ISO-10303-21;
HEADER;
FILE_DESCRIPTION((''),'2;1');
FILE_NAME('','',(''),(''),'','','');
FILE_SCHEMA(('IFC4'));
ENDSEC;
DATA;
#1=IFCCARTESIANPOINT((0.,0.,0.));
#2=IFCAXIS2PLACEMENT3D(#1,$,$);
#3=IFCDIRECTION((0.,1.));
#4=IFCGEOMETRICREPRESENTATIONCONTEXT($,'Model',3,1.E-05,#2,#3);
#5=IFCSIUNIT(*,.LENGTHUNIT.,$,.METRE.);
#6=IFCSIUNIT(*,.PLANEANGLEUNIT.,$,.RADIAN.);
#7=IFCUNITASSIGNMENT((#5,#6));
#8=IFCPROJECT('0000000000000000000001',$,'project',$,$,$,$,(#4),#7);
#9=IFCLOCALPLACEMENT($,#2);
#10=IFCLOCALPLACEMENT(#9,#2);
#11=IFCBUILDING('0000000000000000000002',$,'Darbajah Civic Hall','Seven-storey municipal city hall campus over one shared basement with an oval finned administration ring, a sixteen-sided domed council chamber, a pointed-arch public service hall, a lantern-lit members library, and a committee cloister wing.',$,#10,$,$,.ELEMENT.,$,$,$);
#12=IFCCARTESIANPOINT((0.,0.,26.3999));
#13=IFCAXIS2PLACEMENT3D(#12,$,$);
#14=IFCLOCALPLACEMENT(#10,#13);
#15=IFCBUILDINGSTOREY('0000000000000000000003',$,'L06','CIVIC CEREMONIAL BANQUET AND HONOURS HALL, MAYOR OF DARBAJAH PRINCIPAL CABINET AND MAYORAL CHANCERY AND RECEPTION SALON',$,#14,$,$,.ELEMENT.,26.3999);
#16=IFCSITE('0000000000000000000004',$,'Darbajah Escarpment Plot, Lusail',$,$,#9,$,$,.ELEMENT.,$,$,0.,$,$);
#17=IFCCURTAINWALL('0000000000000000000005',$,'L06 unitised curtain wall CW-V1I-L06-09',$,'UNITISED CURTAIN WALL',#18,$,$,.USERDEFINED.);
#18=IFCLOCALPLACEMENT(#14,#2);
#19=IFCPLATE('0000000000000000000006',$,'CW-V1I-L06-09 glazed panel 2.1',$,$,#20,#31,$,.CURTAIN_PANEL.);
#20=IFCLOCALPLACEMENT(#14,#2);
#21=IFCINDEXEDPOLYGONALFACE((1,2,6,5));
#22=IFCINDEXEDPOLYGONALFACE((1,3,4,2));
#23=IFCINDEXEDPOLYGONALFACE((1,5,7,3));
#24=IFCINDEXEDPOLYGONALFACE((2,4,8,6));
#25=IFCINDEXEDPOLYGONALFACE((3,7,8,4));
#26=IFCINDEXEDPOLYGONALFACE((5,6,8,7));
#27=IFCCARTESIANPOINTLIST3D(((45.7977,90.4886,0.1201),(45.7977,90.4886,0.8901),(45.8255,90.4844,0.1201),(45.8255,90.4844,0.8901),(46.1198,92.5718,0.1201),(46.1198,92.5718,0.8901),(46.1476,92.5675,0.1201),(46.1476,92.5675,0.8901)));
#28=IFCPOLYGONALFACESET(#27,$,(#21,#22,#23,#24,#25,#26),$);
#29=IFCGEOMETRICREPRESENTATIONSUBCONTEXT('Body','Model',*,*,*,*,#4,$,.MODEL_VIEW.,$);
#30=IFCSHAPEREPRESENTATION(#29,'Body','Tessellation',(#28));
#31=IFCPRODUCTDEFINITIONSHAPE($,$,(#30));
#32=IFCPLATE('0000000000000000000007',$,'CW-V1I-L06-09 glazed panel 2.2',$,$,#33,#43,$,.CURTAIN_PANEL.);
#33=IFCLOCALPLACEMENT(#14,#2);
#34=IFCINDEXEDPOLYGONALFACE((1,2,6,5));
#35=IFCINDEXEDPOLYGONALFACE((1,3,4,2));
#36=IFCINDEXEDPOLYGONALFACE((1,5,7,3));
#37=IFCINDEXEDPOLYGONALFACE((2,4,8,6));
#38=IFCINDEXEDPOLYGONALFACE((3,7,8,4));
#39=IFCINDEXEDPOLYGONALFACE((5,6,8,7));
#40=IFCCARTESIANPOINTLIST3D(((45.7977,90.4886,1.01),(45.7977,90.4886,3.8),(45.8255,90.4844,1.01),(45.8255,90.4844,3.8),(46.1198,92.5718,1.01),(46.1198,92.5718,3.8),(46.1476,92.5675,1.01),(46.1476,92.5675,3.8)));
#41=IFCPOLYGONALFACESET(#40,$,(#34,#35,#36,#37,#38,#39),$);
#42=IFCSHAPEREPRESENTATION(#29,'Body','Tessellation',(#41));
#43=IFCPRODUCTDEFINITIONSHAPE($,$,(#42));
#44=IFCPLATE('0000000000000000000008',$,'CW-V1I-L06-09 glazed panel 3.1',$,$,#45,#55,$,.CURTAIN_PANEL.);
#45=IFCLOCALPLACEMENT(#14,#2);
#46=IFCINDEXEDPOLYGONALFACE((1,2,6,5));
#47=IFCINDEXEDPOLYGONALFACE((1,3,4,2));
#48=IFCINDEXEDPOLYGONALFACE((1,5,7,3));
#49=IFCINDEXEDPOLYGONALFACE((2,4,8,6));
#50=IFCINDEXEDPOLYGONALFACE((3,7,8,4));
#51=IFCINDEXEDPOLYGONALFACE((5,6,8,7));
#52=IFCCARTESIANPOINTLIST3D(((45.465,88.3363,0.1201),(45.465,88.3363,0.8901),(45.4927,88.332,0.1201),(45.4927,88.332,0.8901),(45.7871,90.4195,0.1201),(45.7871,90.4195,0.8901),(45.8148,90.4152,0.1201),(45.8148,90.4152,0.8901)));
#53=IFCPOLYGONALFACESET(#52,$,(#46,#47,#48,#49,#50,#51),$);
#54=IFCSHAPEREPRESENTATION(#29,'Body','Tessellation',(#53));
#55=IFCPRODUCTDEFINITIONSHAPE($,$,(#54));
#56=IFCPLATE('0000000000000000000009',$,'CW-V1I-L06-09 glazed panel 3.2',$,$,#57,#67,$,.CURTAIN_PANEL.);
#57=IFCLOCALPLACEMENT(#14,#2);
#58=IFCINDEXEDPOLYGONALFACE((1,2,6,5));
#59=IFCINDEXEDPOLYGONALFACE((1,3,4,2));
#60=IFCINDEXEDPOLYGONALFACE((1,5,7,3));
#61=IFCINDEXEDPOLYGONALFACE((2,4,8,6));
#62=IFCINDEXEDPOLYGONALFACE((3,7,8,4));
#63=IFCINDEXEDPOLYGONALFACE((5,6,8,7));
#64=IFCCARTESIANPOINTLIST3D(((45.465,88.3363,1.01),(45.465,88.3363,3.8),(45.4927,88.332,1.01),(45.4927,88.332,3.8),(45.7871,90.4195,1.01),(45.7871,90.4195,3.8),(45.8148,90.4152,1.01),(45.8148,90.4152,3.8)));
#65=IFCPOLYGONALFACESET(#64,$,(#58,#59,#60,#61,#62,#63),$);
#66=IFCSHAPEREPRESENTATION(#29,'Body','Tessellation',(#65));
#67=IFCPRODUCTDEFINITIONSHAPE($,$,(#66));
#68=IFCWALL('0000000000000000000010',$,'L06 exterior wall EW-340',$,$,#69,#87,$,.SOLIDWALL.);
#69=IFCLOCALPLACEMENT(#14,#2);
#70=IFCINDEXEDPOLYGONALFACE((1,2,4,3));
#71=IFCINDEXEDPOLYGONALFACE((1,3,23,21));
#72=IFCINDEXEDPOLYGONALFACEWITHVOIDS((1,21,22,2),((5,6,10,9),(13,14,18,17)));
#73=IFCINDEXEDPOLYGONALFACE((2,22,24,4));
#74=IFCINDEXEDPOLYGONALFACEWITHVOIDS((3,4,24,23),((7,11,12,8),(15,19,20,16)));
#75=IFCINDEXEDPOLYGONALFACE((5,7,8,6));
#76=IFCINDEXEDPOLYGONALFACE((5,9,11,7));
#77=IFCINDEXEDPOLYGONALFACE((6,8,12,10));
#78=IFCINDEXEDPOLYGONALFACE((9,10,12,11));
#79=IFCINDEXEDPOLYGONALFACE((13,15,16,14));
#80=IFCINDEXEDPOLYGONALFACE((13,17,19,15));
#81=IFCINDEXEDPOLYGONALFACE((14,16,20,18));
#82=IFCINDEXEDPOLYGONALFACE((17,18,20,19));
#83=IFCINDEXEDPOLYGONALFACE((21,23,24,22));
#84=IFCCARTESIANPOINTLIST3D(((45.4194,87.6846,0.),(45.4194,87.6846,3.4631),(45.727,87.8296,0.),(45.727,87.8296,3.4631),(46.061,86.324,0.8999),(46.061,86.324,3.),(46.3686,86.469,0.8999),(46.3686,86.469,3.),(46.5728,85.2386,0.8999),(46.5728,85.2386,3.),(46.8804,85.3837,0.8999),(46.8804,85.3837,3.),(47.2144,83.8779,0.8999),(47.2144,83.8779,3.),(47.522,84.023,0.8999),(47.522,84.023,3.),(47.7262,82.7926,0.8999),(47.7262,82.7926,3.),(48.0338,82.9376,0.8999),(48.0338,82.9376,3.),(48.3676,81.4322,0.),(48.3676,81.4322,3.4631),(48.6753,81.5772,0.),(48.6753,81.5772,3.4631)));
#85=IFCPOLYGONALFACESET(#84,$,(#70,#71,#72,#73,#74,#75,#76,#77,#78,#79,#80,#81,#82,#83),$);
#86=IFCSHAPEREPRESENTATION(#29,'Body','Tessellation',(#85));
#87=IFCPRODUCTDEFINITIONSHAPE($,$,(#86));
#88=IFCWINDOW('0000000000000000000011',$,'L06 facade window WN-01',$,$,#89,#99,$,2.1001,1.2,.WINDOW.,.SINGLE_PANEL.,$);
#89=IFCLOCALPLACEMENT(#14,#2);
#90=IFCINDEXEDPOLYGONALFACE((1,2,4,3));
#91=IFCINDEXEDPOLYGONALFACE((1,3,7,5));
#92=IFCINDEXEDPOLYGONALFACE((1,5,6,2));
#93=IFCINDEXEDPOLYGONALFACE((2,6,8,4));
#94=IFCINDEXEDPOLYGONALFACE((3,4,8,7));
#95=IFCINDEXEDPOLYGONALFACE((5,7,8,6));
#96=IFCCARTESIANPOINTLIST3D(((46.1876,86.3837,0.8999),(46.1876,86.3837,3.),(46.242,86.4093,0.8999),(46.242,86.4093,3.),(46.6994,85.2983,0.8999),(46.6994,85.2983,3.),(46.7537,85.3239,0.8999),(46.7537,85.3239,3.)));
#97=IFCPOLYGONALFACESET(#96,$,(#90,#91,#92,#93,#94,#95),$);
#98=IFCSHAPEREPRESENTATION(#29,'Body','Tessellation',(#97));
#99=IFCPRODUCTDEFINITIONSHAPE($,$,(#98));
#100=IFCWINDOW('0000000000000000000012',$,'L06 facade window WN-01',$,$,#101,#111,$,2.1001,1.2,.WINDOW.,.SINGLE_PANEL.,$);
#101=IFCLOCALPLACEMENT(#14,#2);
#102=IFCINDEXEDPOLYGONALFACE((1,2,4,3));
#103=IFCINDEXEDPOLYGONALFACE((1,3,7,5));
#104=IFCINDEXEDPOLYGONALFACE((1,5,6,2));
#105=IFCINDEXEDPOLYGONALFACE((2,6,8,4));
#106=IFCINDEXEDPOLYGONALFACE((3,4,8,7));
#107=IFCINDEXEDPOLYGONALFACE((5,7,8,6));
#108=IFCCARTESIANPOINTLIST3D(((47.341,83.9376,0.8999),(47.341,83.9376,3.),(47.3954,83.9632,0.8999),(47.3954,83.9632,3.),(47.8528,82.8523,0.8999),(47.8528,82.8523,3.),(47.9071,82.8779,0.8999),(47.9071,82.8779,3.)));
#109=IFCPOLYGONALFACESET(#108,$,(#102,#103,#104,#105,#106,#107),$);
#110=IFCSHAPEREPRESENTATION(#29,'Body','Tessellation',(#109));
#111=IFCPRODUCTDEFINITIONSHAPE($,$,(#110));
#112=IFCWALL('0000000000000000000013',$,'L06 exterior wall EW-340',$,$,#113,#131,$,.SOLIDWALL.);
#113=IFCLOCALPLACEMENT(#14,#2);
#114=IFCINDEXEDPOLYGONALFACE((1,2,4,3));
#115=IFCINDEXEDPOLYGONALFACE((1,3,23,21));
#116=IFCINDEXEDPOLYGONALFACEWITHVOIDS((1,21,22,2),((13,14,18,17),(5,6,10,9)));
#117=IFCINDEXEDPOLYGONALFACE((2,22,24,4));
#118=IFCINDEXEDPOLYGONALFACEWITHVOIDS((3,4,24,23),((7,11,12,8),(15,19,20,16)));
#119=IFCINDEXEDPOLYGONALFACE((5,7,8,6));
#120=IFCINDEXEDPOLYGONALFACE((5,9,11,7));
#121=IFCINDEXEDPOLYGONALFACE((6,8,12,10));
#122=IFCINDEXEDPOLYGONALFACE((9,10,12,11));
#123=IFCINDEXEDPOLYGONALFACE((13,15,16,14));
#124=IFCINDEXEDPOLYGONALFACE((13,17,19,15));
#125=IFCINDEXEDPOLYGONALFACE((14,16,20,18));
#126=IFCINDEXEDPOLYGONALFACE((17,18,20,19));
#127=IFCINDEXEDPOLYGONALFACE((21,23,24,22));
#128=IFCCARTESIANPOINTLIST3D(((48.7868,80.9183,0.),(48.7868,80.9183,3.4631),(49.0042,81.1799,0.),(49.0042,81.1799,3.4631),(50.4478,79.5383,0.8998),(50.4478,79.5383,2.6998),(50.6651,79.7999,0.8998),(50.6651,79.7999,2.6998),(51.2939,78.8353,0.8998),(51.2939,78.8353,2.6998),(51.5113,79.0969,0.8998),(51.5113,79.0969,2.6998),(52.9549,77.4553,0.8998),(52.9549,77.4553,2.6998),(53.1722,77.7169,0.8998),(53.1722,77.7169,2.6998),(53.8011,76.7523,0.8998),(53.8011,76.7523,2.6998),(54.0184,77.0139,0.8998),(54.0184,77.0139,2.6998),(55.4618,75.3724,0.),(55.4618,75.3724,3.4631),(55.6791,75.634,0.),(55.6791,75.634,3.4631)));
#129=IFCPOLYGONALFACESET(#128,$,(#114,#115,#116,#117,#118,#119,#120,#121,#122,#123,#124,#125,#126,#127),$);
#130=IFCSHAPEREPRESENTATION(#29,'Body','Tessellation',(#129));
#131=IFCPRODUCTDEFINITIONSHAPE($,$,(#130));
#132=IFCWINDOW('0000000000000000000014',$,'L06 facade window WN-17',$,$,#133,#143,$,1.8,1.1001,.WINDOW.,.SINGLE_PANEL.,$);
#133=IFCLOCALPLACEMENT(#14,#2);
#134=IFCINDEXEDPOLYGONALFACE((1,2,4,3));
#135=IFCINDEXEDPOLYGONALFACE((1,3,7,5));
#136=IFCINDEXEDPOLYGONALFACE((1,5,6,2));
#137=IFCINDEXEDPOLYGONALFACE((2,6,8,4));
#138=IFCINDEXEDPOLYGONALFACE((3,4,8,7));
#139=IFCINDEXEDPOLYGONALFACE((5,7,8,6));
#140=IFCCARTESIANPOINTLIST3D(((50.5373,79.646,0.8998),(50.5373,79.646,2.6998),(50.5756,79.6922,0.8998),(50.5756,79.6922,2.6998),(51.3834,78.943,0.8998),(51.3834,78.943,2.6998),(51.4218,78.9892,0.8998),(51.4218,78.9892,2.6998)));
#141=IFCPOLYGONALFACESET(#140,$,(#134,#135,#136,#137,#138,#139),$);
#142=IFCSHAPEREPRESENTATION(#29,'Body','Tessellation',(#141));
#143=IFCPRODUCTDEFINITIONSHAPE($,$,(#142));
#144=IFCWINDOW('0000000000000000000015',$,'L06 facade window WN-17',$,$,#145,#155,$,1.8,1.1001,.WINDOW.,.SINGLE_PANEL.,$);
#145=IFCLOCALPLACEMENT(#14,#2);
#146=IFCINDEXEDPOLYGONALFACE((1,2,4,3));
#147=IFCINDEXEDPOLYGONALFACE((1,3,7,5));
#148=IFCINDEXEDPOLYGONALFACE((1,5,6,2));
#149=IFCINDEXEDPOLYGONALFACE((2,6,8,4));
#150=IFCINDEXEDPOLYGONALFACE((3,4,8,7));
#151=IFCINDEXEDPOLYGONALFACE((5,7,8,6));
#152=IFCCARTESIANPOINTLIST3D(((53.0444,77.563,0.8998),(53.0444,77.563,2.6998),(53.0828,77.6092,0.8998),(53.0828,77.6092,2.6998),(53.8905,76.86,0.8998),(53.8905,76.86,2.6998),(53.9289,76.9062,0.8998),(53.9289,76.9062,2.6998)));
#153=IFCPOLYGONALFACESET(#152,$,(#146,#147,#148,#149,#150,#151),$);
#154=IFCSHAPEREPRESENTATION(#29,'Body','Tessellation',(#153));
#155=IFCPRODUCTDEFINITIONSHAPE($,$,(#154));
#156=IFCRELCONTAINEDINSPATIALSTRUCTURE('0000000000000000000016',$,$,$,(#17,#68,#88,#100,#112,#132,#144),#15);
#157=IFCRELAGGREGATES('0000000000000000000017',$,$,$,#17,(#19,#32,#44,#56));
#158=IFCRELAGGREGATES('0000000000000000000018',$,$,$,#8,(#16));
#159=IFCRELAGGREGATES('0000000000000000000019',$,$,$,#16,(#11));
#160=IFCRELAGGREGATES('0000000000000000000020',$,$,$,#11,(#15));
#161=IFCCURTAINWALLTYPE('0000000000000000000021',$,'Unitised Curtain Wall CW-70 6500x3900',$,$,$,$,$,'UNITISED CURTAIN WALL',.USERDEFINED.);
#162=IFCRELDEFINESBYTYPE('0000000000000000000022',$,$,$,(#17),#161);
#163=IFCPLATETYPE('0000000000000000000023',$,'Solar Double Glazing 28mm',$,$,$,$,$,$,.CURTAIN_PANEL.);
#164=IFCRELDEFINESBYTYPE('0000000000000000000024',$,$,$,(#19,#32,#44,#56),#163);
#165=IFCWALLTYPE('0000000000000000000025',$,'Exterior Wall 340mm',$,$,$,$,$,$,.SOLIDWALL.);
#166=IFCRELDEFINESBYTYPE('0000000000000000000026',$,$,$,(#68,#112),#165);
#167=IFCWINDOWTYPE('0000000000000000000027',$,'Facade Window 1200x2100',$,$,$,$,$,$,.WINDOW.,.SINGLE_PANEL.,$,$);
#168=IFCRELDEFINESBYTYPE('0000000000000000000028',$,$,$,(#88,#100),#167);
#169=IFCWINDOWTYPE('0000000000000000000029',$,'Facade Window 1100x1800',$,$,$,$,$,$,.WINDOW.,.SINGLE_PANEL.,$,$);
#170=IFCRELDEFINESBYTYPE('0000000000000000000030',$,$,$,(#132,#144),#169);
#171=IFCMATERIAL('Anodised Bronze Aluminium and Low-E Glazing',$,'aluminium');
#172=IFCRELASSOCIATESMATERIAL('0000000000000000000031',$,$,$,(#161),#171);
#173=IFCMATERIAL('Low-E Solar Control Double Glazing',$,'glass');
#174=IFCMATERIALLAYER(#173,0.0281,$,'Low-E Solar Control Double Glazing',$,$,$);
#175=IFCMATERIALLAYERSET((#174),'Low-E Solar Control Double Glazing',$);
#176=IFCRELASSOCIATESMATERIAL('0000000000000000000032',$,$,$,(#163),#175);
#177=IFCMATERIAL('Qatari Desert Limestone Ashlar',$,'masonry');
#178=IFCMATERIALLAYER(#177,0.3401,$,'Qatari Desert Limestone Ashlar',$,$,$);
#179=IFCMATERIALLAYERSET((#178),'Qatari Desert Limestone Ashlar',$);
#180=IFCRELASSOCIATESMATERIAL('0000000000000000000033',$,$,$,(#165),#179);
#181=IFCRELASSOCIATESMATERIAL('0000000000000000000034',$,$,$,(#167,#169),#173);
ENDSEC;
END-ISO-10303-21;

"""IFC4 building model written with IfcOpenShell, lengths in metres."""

from ifc_helpers import new_model, si_unit, direction, frame, frame_2d, origin, origin_2d, place, context, subcontext, project, spatial, rectangle, extrude, material, layer, layer_set, type_object, element, fill, aggregate, save


model = new_model("IFC4")

# Units and contexts
model_context = context("Model", 3, precision=1e-05, world=origin(), true_north=direction((0.0, 1.0)))
body_context = subcontext(model_context, "Body", "Model", "MODEL_VIEW")
ifc_project = project(units=[si_unit("LENGTHUNIT", "METRE"), si_unit("PLANEANGLEUNIT", "RADIAN")], contexts=[model_context])

# Site, building, storey
site_placement = place(None, origin())
site = spatial("IfcSite", under=ifc_project, at=site_placement, Name="Darbajah Escarpment Plot, Lusail", CompositionType="ELEMENT", RefElevation=0.0)
building_placement = place(site_placement, origin())
building = spatial("IfcBuilding", under=site, at=building_placement, Name="Darbajah Civic Hall", Description="Seven-storey municipal city hall campus over one shared basement with an oval finned administration ring, a sixteen-sided domed council chamber, a pointed-arch public service hall, a lantern-lit members library, and a committee cloister wing.", CompositionType="ELEMENT")
storey_placement = place(building_placement, frame((0.0, 0.0, 26.3999)))
storey = spatial("IfcBuildingStorey", under=building, at=storey_placement, Name="L06", Description="CIVIC CEREMONIAL BANQUET AND HONOURS HALL, MAYOR OF DARBAJAH PRINCIPAL CABINET AND MAYORAL CHANCERY AND RECEPTION SALON", CompositionType="ELEMENT", Elevation=26.3999)

# Curtain wall
ifc_material_1 = material(Name="Anodised Bronze Aluminium and Low-E Glazing", Category="aluminium")
curtain_wall_type = type_object("IfcCurtainWallType", Name="Unitised Curtain Wall CW-70 6500x3900", ElementType="UNITISED CURTAIN WALL", PredefinedType="USERDEFINED", material=ifc_material_1)
curtain_wall_placement = place(storey_placement, origin())
curtain_wall = element("IfcCurtainWall", 1, at=curtain_wall_placement, inside=storey, type_object=curtain_wall_type, Name="L06 unitised curtain wall CW-V1I-L06-09", ObjectType="UNITISED CURTAIN WALL", PredefinedType="USERDEFINED")

# Plates
ifc_material_2 = material(Name="Low-E Solar Control Double Glazing", Category="glass")
ifc_layer_1 = layer(ifc_material_2, 0.0281, Name="Low-E Solar Control Double Glazing")
ifc_layer_set_1 = layer_set([ifc_layer_1], Name="Low-E Solar Control Double Glazing")
plate_type = type_object("IfcPlateType", Name="Solar Double Glazing 28mm", PredefinedType="CURTAIN_PANEL", material=ifc_layer_set_1)
plate_1_placement = place(storey_placement, frame((45.9727, 91.5281, 0.1201), z_axis=(0.0, 0.0, 1.0), x_axis=(-0.152813, -0.988255, 0.0)))
plate_1 = element("IfcPlate", 2, at=plate_1_placement, type_object=plate_type, Name="CW-V1I-L06-09 glazed panel 2.1", PredefinedType="CURTAIN_PANEL", context=body_context, shape_type="SweptSolid", body=[
    extrude(rectangle(XDim=2.1079, YDim=0.0281, at=origin_2d()), origin(), (0.0, 0.0, 1.0), 0.77),
])
plate_2_placement = place(storey_placement, frame((45.9727, 91.5281, 1.01), z_axis=(0.0, 0.0, 1.0), x_axis=(-0.152813, -0.988255, 0.0)))
plate_2 = element("IfcPlate", 3, at=plate_2_placement, type_object=plate_type, Name="CW-V1I-L06-09 glazed panel 2.2", PredefinedType="CURTAIN_PANEL", context=body_context, shape_type="SweptSolid", body=[
    extrude(rectangle(XDim=2.1079, YDim=0.0281, at=origin_2d()), origin(), (0.0, 0.0, 1.0), 2.79),
])
plate_3_placement = place(storey_placement, frame((45.6399, 89.3757, 0.1201), z_axis=(0.0, 0.0, 1.0), x_axis=(-0.152813, -0.988255, 0.0)))
plate_3 = element("IfcPlate", 4, at=plate_3_placement, type_object=plate_type, Name="CW-V1I-L06-09 glazed panel 3.1", PredefinedType="CURTAIN_PANEL", context=body_context, shape_type="SweptSolid", body=[
    extrude(rectangle(XDim=2.1079, YDim=0.0281, at=origin_2d()), origin(), (0.0, 0.0, 1.0), 0.77),
])
plate_4_placement = place(storey_placement, frame((45.6399, 89.3757, 1.01), z_axis=(0.0, 0.0, 1.0), x_axis=(-0.152813, -0.988255, 0.0)))
plate_4 = element("IfcPlate", 5, at=plate_4_placement, type_object=plate_type, Name="CW-V1I-L06-09 glazed panel 3.2", PredefinedType="CURTAIN_PANEL", context=body_context, shape_type="SweptSolid", body=[
    extrude(rectangle(XDim=2.1079, YDim=0.0281, at=origin_2d()), origin(), (0.0, 0.0, 1.0), 2.79),
])
aggregate(curtain_wall, [plate_1, plate_2, plate_3, plate_4])

# Walls, openings, windows
ifc_material_3 = material(Name="Qatari Desert Limestone Ashlar", Category="masonry")
ifc_layer_2 = layer(ifc_material_3, 0.3401, Name="Qatari Desert Limestone Ashlar")
ifc_layer_set_2 = layer_set([ifc_layer_2], Name="Qatari Desert Limestone Ashlar")
wall_type_1 = type_object("IfcWallType", Name="Exterior Wall 340mm", PredefinedType="SOLIDWALL", material=ifc_layer_set_2)
wall_1_placement = place(storey_placement, frame((45.5732, 87.7571, 0.0), z_axis=(0.0, 0.0, 1.0), x_axis=(0.426498, -0.904489, 0.0)))
wall_1 = element("IfcWall", 6, at=wall_1_placement, inside=storey, type_object=wall_type_1, Name="L06 exterior wall EW-340", PredefinedType="SOLIDWALL", context=body_context, shape_type="SweptSolid", body=[
    extrude(rectangle(XDim=6.9126, YDim=0.3401, at=frame_2d((3.4563, 0.0))), origin(), (0.0, 0.0, 1.0), 3.4631),
])
opening_1_placement = place(wall_1_placement, frame((1.5042, 0.0, 0.8999)))
opening_1 = element("IfcOpeningElement", 7, at=opening_1_placement, cuts=wall_1, PredefinedType="OPENING", context=body_context, shape_type="SweptSolid", body=[
    extrude(rectangle(XDim=1.2, YDim=2.1001, at=frame_2d((0.6001, 1.05))), frame((0.0, 0.1799, 0.0), z_axis=(0.0, -1.0, 0.0), x_axis=(1.0, 0.0, 0.0)), (0.0, 0.0, 1.0), 0.3601),
])
opening_2_placement = place(wall_1_placement, frame((4.2085, 0.0, 0.8999)))
opening_2 = element("IfcOpeningElement", 8, at=opening_2_placement, cuts=wall_1, PredefinedType="OPENING", context=body_context, shape_type="SweptSolid", body=[
    extrude(rectangle(XDim=1.2, YDim=2.1001, at=frame_2d((0.6001, 1.05))), frame((0.0, 0.1799, 0.0), z_axis=(0.0, -1.0, 0.0), x_axis=(1.0, 0.0, 0.0)), (0.0, 0.0, 1.0), 0.3601),
])
window_type_1 = type_object("IfcWindowType", Name="Facade Window 1200x2100", PartitioningType="SINGLE_PANEL", PredefinedType="WINDOW", material=ifc_material_2)
window_1_placement = place(opening_1_placement, origin())
window_1 = element("IfcWindow", 9, at=window_1_placement, inside=storey, type_object=window_type_1, Name="L06 facade window WN-01", OverallHeight=2.1001, OverallWidth=1.2, PartitioningType="SINGLE_PANEL", PredefinedType="WINDOW", context=body_context, shape_type="SweptSolid", body=[
    extrude(rectangle(XDim=1.2, YDim=2.1001, at=frame_2d((0.6001, 1.05))), frame((0.0, 0.03, 0.0), z_axis=(0.0, -1.0, 0.0), x_axis=(1.0, 0.0, 0.0)), (0.0, 0.0, 1.0), 0.0601),
])
fill(opening_1, window_1)
window_2_placement = place(opening_2_placement, origin())
window_2 = element("IfcWindow", 10, at=window_2_placement, inside=storey, type_object=window_type_1, Name="L06 facade window WN-01", OverallHeight=2.1001, OverallWidth=1.2, PartitioningType="SINGLE_PANEL", PredefinedType="WINDOW", context=body_context, shape_type="SweptSolid", body=[
    extrude(rectangle(XDim=1.2, YDim=2.1001, at=frame_2d((0.6001, 1.05))), frame((0.0, 0.03, 0.0), z_axis=(0.0, -1.0, 0.0), x_axis=(1.0, 0.0, 0.0)), (0.0, 0.0, 1.0), 0.0601),
])
fill(opening_2, window_2)
wall_2_placement = place(storey_placement, frame((48.8955, 81.0491, 0.0), z_axis=(0.0, 0.0, 1.0), x_axis=(0.769164, -0.639052, 0.0)))
wall_2 = element("IfcWall", 11, at=wall_2_placement, inside=storey, type_object=wall_type_1, Name="L06 exterior wall EW-340", PredefinedType="SOLIDWALL", context=body_context, shape_type="SweptSolid", body=[
    extrude(rectangle(XDim=8.6782, YDim=0.3401, at=frame_2d((4.3391, 0.0))), origin(), (0.0, 0.0, 1.0), 3.4631),
])
opening_3_placement = place(wall_2_placement, frame((2.1594, 0.0, 0.8999)))
opening_3 = element("IfcOpeningElement", 12, at=opening_3_placement, cuts=wall_2, PredefinedType="OPENING", context=body_context, shape_type="SweptSolid", body=[
    extrude(rectangle(XDim=1.1001, YDim=1.8, at=frame_2d((0.55, 0.8999))), frame((0.0, 0.1799, 0.0), z_axis=(0.0, -1.0, 0.0), x_axis=(1.0, 0.0, 0.0)), (0.0, 0.0, 1.0), 0.3601),
])
opening_4_placement = place(wall_2_placement, frame((5.4189, 0.0, 0.8999)))
opening_4 = element("IfcOpeningElement", 13, at=opening_4_placement, cuts=wall_2, PredefinedType="OPENING", context=body_context, shape_type="SweptSolid", body=[
    extrude(rectangle(XDim=1.1001, YDim=1.8, at=frame_2d((0.55, 0.8999))), frame((0.0, 0.1799, 0.0), z_axis=(0.0, -1.0, 0.0), x_axis=(1.0, 0.0, 0.0)), (0.0, 0.0, 1.0), 0.3601),
])
window_type_2 = type_object("IfcWindowType", Name="Facade Window 1100x1800", PartitioningType="SINGLE_PANEL", PredefinedType="WINDOW", material=ifc_material_2)
window_3_placement = place(opening_3_placement, origin())
window_3 = element("IfcWindow", 14, at=window_3_placement, inside=storey, type_object=window_type_2, Name="L06 facade window WN-17", OverallHeight=1.8, OverallWidth=1.1001, PartitioningType="SINGLE_PANEL", PredefinedType="WINDOW", context=body_context, shape_type="SweptSolid", body=[
    extrude(rectangle(XDim=1.1001, YDim=1.8, at=frame_2d((0.55, 0.8999))), frame((0.0, 0.03, 0.0), z_axis=(0.0, -1.0, 0.0), x_axis=(1.0, 0.0, 0.0)), (0.0, 0.0, 1.0), 0.0601),
])
fill(opening_3, window_3)
window_4_placement = place(opening_4_placement, origin())
window_4 = element("IfcWindow", 15, at=window_4_placement, inside=storey, type_object=window_type_2, Name="L06 facade window WN-17", OverallHeight=1.8, OverallWidth=1.1001, PartitioningType="SINGLE_PANEL", PredefinedType="WINDOW", context=body_context, shape_type="SweptSolid", body=[
    extrude(rectangle(XDim=1.1001, YDim=1.8, at=frame_2d((0.55, 0.8999))), frame((0.0, 0.03, 0.0), z_axis=(0.0, -1.0, 0.0), x_axis=(1.0, 0.0, 0.0)), (0.0, 0.0, 1.0), 0.0601),
])
fill(opening_4, window_4)

save(model, "model.ifc")
